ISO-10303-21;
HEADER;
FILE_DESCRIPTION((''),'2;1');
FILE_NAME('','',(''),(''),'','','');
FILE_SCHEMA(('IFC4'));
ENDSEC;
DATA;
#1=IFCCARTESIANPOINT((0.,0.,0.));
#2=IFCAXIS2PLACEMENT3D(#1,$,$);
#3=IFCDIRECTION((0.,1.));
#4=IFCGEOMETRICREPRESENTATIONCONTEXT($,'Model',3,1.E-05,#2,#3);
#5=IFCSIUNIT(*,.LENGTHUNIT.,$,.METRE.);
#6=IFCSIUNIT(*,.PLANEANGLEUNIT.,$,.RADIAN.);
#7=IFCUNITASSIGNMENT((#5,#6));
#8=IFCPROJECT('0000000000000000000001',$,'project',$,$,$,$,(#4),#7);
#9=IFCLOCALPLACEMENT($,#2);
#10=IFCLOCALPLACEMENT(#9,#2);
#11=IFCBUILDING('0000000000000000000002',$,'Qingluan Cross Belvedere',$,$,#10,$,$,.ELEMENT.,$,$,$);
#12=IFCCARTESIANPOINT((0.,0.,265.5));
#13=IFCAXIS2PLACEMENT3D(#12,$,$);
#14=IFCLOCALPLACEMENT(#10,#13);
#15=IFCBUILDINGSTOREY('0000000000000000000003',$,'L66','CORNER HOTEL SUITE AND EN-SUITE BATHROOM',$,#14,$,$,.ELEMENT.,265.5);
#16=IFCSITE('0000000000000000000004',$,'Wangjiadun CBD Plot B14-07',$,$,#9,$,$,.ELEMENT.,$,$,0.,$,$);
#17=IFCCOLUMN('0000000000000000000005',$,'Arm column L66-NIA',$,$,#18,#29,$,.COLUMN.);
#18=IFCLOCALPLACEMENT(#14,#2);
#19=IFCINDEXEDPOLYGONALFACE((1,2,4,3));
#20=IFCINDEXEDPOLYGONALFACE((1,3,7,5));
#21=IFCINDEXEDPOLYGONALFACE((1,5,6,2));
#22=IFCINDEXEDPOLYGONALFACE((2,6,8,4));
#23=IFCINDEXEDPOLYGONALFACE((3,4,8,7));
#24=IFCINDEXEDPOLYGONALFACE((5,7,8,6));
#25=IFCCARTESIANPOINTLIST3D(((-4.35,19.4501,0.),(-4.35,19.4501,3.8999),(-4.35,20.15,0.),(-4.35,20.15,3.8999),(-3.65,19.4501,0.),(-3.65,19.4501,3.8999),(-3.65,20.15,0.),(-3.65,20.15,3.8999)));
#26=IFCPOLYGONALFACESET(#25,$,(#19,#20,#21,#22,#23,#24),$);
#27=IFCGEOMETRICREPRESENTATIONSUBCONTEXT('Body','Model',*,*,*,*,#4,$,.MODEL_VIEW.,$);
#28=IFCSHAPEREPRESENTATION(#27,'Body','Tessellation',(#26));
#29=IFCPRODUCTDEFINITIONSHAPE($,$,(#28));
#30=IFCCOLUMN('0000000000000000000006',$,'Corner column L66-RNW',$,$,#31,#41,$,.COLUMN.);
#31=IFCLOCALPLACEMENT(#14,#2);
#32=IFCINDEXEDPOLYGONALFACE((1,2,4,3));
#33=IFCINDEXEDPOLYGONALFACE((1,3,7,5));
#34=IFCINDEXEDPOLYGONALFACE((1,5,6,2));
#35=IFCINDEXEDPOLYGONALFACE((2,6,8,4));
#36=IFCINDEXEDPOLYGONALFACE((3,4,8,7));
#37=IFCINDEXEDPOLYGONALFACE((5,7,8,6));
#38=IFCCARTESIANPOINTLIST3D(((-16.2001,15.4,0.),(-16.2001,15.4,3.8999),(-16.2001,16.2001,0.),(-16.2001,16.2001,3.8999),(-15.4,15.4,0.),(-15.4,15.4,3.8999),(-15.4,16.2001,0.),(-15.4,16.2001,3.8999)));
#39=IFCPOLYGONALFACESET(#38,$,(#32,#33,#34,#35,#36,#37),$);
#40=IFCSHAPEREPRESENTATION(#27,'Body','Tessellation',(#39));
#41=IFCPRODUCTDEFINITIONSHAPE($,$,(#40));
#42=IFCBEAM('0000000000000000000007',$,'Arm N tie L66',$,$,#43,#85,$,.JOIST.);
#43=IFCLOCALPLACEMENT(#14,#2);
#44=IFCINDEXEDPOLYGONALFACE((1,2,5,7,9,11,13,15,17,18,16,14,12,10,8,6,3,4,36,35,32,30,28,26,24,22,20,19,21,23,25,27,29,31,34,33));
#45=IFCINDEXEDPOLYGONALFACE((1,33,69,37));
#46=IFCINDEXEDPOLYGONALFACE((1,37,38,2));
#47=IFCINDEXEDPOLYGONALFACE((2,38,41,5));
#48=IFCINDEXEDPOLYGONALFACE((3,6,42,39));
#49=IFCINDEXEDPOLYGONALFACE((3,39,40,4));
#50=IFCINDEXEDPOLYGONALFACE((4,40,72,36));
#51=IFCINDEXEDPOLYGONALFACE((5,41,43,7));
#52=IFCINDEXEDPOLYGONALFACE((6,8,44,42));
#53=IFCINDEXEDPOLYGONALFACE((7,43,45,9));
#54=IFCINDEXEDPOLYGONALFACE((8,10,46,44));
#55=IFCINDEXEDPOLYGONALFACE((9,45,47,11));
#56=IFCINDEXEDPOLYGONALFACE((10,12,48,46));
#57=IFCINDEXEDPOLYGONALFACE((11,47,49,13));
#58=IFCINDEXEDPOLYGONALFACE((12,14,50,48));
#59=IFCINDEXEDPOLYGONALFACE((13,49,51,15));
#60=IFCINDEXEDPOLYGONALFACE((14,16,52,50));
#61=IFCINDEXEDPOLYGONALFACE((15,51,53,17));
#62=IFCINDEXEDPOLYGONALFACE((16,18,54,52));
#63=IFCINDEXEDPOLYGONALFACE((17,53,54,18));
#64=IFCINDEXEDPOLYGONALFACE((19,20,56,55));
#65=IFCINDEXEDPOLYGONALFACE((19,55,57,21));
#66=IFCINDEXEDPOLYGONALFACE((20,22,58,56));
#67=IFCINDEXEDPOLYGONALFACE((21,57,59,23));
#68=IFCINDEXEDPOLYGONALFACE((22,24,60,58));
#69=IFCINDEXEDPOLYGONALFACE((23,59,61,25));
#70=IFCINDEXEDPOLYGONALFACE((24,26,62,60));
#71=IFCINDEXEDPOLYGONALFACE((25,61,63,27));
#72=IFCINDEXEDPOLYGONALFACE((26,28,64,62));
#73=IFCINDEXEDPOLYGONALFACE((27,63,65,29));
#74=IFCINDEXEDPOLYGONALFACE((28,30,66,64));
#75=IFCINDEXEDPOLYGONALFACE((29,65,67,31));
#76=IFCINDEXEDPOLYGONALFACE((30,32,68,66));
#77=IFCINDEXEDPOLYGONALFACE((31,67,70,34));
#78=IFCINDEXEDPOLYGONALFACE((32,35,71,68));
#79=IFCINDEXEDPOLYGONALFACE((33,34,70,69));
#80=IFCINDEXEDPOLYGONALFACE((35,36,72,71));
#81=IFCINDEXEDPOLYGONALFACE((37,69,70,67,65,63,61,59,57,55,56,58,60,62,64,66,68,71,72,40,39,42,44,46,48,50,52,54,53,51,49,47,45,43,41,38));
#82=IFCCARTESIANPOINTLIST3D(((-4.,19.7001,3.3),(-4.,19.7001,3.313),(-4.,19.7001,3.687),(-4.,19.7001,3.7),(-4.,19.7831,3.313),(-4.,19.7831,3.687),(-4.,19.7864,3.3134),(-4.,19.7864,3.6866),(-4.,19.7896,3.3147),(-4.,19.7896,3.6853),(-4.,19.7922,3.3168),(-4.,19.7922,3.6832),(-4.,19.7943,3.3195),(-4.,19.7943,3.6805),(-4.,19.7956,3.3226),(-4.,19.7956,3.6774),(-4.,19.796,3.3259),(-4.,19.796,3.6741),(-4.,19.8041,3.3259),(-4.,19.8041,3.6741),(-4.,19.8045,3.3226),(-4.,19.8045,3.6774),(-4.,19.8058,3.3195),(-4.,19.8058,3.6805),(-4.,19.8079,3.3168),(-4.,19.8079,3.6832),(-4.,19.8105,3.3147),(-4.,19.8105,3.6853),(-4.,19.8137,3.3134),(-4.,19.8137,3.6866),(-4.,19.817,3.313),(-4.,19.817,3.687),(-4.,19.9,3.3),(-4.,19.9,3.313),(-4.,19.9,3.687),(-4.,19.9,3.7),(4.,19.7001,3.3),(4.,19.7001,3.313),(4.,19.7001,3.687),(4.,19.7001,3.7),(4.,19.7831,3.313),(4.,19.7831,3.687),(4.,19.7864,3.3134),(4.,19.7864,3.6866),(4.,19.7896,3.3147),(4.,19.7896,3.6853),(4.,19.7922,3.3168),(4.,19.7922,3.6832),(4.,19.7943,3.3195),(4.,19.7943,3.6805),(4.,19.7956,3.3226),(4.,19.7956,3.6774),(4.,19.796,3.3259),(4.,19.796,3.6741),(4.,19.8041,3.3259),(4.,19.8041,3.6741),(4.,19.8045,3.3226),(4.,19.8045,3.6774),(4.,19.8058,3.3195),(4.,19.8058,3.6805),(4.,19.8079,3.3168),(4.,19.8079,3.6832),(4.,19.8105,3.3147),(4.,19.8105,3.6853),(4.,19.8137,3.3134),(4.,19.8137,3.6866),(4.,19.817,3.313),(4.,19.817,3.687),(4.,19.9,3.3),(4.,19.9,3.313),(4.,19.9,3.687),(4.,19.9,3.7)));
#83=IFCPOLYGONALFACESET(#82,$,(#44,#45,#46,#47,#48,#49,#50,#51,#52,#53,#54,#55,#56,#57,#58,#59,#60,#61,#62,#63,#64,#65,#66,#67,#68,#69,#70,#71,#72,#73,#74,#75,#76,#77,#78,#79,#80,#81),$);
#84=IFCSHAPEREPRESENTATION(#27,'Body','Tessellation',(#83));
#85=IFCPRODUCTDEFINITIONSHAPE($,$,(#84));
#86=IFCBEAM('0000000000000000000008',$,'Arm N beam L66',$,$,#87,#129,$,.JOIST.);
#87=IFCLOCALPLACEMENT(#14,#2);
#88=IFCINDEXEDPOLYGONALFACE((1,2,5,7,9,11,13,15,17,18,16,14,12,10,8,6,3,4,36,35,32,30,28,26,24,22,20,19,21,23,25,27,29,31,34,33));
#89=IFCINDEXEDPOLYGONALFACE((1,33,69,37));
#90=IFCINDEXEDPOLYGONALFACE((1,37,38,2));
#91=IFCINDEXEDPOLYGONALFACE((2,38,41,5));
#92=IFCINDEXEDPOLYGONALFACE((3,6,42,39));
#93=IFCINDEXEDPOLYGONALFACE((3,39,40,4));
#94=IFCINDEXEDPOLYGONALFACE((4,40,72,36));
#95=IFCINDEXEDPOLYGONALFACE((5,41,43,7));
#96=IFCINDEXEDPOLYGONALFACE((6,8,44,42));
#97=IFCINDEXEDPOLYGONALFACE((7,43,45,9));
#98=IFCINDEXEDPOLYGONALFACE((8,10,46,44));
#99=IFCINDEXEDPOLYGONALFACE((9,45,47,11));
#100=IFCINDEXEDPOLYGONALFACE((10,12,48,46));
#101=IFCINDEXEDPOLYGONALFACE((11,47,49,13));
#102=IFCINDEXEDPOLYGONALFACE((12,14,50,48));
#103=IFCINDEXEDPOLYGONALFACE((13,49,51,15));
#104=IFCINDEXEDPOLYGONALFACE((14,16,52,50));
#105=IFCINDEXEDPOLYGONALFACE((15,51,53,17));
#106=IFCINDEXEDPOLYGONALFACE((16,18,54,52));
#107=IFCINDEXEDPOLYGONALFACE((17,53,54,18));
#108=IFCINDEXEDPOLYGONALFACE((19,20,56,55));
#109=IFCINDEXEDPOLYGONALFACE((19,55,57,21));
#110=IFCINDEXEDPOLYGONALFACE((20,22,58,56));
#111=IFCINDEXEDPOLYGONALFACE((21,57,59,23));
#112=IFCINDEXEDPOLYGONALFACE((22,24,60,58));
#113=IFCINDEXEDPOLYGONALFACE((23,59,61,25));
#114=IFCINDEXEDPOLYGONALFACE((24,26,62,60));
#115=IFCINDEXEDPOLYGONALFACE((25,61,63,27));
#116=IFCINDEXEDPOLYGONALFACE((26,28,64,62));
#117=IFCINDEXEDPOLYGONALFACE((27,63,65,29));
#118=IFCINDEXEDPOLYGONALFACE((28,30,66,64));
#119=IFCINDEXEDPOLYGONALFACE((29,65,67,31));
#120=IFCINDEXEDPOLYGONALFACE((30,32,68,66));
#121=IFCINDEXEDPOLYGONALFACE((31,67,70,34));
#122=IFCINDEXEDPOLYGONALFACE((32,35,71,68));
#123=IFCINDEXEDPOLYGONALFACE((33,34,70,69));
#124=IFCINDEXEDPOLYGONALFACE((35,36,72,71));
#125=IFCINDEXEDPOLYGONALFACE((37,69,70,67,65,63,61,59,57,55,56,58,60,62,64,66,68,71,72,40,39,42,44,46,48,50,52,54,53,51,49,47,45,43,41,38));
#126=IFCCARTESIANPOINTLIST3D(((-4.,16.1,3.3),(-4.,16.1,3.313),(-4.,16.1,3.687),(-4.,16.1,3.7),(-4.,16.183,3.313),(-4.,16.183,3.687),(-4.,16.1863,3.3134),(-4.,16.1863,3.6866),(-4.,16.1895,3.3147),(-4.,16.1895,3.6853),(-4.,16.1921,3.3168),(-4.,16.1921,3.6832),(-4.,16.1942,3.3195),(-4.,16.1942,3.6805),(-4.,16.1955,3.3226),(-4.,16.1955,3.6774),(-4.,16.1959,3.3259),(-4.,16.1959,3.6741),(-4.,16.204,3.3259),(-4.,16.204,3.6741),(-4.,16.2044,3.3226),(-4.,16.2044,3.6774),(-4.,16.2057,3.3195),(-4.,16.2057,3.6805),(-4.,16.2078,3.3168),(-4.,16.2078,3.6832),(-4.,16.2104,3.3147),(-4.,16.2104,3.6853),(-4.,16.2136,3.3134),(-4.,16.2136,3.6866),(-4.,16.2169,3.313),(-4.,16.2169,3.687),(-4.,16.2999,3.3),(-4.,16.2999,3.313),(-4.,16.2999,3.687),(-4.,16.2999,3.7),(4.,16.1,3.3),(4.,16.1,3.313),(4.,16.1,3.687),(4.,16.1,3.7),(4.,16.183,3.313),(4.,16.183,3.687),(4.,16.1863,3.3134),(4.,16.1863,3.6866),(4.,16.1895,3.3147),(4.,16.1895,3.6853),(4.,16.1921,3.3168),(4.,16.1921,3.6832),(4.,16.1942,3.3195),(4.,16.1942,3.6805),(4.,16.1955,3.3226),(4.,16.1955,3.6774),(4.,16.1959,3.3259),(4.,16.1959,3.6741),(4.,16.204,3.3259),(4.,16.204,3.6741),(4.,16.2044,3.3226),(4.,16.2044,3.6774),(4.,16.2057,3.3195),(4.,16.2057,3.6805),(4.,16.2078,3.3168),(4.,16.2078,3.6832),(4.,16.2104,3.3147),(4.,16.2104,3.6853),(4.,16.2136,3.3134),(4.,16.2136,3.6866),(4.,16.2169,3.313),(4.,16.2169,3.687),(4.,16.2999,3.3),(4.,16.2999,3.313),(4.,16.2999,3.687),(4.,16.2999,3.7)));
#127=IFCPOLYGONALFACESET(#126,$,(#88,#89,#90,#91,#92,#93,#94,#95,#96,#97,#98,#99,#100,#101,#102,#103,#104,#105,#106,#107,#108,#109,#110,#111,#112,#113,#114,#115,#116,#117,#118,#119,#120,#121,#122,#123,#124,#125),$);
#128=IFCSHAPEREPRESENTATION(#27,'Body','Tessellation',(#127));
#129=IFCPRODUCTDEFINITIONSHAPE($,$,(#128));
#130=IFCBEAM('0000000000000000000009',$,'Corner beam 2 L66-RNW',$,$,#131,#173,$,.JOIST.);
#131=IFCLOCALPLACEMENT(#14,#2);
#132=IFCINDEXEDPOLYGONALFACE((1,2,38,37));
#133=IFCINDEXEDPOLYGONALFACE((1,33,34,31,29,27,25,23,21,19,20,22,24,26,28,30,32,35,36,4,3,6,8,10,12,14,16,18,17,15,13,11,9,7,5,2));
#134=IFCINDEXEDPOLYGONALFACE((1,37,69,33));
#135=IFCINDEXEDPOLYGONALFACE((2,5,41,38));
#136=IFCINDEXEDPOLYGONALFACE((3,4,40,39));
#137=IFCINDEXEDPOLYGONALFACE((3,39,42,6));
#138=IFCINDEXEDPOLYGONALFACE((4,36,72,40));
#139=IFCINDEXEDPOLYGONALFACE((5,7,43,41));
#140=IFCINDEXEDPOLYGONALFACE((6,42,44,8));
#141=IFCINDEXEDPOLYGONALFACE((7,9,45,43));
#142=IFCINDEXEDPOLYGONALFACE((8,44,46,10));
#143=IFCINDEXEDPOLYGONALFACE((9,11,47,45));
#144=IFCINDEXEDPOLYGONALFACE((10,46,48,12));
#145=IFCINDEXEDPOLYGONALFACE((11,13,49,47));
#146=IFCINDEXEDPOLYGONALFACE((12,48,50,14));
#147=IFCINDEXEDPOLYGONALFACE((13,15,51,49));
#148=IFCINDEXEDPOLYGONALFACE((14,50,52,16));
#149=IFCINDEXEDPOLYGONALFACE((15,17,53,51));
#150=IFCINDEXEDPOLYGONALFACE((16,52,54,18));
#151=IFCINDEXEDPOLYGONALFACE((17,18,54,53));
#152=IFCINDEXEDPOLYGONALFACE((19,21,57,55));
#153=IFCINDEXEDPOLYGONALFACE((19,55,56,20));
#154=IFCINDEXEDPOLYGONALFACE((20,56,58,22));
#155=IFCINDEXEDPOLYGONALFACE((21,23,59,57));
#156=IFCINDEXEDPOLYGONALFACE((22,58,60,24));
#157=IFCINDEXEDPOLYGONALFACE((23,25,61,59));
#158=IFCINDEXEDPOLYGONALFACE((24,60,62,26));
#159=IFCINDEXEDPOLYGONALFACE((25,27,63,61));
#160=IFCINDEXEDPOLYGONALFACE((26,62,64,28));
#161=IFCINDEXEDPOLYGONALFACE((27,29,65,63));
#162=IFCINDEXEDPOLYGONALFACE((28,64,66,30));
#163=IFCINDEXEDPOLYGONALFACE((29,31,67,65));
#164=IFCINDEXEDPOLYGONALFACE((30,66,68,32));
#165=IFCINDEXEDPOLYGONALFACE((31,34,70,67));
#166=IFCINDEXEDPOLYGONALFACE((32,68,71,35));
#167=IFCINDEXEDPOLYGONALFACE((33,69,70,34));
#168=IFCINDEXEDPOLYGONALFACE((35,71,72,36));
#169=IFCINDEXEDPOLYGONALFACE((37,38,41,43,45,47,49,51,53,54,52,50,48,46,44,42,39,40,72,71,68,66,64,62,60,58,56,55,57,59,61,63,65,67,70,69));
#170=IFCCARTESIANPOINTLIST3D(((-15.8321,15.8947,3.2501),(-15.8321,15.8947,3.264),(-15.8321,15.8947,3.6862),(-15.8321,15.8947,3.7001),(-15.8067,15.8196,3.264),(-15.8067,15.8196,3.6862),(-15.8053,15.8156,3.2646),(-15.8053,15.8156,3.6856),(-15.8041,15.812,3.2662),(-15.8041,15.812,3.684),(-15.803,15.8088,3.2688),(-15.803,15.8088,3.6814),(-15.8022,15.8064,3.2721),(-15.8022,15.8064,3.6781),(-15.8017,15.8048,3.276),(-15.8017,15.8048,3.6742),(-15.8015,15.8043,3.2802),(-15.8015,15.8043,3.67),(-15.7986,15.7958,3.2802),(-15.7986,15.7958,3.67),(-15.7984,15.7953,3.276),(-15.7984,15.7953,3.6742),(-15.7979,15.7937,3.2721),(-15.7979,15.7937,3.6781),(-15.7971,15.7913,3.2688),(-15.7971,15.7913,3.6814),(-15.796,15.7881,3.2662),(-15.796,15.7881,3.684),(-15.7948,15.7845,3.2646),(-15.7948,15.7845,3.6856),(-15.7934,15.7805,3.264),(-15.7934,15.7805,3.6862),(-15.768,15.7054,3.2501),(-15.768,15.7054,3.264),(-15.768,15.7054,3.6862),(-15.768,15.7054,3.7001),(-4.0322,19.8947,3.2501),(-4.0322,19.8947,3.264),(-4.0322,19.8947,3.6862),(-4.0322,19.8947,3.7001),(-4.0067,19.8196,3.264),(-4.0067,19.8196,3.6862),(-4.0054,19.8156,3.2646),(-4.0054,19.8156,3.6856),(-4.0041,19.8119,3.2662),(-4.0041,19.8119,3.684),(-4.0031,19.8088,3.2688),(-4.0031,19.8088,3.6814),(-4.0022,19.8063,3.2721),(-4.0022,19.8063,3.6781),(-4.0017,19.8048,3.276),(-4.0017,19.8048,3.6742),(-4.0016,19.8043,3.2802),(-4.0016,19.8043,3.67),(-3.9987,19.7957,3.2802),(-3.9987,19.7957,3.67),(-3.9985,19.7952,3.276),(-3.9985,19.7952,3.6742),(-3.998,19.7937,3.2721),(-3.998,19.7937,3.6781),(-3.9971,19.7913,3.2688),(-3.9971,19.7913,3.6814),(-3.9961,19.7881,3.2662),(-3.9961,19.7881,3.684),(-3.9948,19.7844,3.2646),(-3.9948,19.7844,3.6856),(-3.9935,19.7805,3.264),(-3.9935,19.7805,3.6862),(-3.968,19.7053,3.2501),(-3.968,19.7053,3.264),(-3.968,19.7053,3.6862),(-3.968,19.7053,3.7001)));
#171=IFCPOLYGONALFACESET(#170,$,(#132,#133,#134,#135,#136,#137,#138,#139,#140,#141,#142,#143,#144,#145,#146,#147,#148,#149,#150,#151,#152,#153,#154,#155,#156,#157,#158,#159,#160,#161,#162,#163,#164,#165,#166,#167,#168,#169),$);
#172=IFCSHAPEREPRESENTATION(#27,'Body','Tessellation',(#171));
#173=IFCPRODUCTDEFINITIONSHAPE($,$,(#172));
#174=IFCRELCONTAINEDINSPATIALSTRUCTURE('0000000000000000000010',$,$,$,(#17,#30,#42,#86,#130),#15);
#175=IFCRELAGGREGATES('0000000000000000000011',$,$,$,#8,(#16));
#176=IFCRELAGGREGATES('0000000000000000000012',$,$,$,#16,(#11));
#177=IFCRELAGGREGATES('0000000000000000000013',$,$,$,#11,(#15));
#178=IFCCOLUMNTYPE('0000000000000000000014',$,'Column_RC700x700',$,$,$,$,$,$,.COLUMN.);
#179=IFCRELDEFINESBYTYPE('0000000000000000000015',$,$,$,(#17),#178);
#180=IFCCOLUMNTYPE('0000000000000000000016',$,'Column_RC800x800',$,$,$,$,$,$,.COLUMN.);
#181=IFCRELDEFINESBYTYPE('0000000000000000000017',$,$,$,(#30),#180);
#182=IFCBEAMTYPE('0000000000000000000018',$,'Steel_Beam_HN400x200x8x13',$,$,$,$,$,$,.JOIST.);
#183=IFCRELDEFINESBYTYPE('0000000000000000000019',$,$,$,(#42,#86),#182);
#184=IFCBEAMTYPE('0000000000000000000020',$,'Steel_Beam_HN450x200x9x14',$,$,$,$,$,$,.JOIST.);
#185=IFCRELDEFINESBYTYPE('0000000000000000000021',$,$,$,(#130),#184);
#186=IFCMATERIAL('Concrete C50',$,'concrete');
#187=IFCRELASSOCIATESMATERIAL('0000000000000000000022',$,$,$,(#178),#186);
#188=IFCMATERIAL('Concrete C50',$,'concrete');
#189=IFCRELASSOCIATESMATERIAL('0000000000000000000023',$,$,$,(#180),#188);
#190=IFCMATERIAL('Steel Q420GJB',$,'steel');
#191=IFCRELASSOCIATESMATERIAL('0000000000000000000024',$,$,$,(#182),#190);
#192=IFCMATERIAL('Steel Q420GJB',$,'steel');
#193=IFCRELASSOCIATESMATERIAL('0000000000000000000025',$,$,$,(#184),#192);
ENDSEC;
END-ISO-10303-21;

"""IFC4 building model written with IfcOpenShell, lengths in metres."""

from ifc_helpers import new_model, si_unit, direction, frame, origin, origin_2d, place, context, subcontext, project, spatial, rectangle, i_section, extrude, material, material_profile, profile_set, type_object, element, save


model = new_model("IFC4")

# Units and contexts
model_context = context("Model", 3, precision=1e-05, world=origin(), true_north=direction((0.0, 1.0)))
body_context = subcontext(model_context, "Body", "Model", "MODEL_VIEW")
ifc_project = project(units=[si_unit("LENGTHUNIT", "METRE"), si_unit("PLANEANGLEUNIT", "RADIAN")], contexts=[model_context])

# Site, building, storey
site_placement = place(None, origin())
site = spatial("IfcSite", under=ifc_project, at=site_placement, Name="Wangjiadun CBD Plot B14-07", CompositionType="ELEMENT", RefElevation=0.0)
building_placement = place(site_placement, origin())
building = spatial("IfcBuilding", under=site, at=building_placement, Name="Qingluan Cross Belvedere", CompositionType="ELEMENT")
storey_placement = place(building_placement, frame((0.0, 0.0, 265.5)))
storey = spatial("IfcBuildingStorey", under=building, at=storey_placement, Name="L66", Description="CORNER HOTEL SUITE AND EN-SUITE BATHROOM", CompositionType="ELEMENT", Elevation=265.5)

# Columns
ifc_material_1 = material(Name="Concrete C50", Category="concrete")
ifc_material_profile_1 = material_profile(ifc_material_1, rectangle(XDim=0.7, YDim=0.7, at=origin_2d()), Name="RC700x700")
ifc_profile_set_1 = profile_set([ifc_material_profile_1], Name="Concrete C50")
column_type_1 = type_object("IfcColumnType", Name="Column_RC700x700", PredefinedType="COLUMN", material=ifc_profile_set_1)
column_1_placement = place(storey_placement, frame((-4.0, 19.8, 0.0), z_axis=(0.0, 0.0, 1.0), x_axis=(1.0, 0.0, 0.0)))
element("IfcColumn", 1, at=column_1_placement, inside=storey, type_object=column_type_1, Name="Arm column L66-NIA", PredefinedType="COLUMN", context=body_context, shape_type="SweptSolid", body=[
    extrude(rectangle(XDim=0.7, YDim=0.7, at=origin_2d()), origin(), (0.0, 0.0, 1.0), 3.8999),
])
ifc_material_2 = material(Name="Concrete C50", Category="concrete")
ifc_material_profile_2 = material_profile(ifc_material_2, rectangle(XDim=0.8, YDim=0.8, at=origin_2d()), Name="RC800x800")
ifc_profile_set_2 = profile_set([ifc_material_profile_2], Name="Concrete C50")
column_type_2 = type_object("IfcColumnType", Name="Column_RC800x800", PredefinedType="COLUMN", material=ifc_profile_set_2)
column_2_placement = place(storey_placement, frame((-15.8, 15.8, 0.0), z_axis=(0.0, 0.0, 1.0), x_axis=(1.0, 0.0, 0.0)))
element("IfcColumn", 2, at=column_2_placement, inside=storey, type_object=column_type_2, Name="Corner column L66-RNW", PredefinedType="COLUMN", context=body_context, shape_type="SweptSolid", body=[
    extrude(rectangle(XDim=0.8, YDim=0.8, at=origin_2d()), origin(), (0.0, 0.0, 1.0), 3.8999),
])

# Beams
ifc_material_3 = material(Name="Steel Q420GJB", Category="steel")
ifc_material_profile_3 = material_profile(ifc_material_3, i_section(OverallWidth=0.2, OverallDepth=0.3999, WebThickness=0.0081, FlangeThickness=0.0129, FilletRadius=0.0129, at=origin_2d()), Name="HN400x200x8x13")
ifc_profile_set_3 = profile_set([ifc_material_profile_3], Name="Steel Q420GJB")
beam_type_1 = type_object("IfcBeamType", Name="Steel_Beam_HN400x200x8x13", PredefinedType="JOIST", material=ifc_profile_set_3)
for number, where, z_axis, x_axis, name in (
    (3, (-4.0, 19.8, 3.5), (1.0, 0.0, 0.0), (0.0, 1.0, 0.0), "Arm N tie L66"),
    (4, (-4.0, 16.2, 3.5), (1.0, 0.0, 0.0), (0.0, 1.0, 0.0), "Arm N beam L66"),
):
    element("IfcBeam", number, at=place(storey_placement, frame(where, z_axis=z_axis, x_axis=x_axis)), inside=storey, type_object=beam_type_1, Name=name, PredefinedType="JOIST", context=body_context, shape_type="SweptSolid", body=[
        extrude(i_section(OverallWidth=0.2, OverallDepth=0.3999, WebThickness=0.0081, FlangeThickness=0.0129, FilletRadius=0.0129, at=origin_2d()), origin(), (0.0, 0.0, 1.0), 8.0),
    ])
ifc_material_4 = material(Name="Steel Q420GJB", Category="steel")
ifc_material_profile_4 = material_profile(ifc_material_4, i_section(OverallWidth=0.2, OverallDepth=0.45, WebThickness=0.009, FlangeThickness=0.0139, FilletRadius=0.0161, at=origin_2d()), Name="HN450x200x9x14")
ifc_profile_set_4 = profile_set([ifc_material_profile_4], Name="Steel Q420GJB")
beam_type_2 = type_object("IfcBeamType", Name="Steel_Beam_HN450x200x9x14", PredefinedType="JOIST", material=ifc_profile_set_4)
for number, where, z_axis, x_axis, name in (
    (5, (-15.8, 15.8, 3.4751), (0.947066, 0.321038, 0.0), (-0.321038, 0.947066, 0.0), "Corner beam 2 L66-RNW"),
):
    element("IfcBeam", number, at=place(storey_placement, frame(where, z_axis=z_axis, x_axis=x_axis)), inside=storey, type_object=beam_type_2, Name=name, PredefinedType="JOIST", context=body_context, shape_type="SweptSolid", body=[
        extrude(i_section(OverallWidth=0.2, OverallDepth=0.45, WebThickness=0.009, FlangeThickness=0.0139, FilletRadius=0.0161, at=origin_2d()), origin(), (0.0, 0.0, 1.0), 12.4595),
    ])

save(model, "model.ifc")
